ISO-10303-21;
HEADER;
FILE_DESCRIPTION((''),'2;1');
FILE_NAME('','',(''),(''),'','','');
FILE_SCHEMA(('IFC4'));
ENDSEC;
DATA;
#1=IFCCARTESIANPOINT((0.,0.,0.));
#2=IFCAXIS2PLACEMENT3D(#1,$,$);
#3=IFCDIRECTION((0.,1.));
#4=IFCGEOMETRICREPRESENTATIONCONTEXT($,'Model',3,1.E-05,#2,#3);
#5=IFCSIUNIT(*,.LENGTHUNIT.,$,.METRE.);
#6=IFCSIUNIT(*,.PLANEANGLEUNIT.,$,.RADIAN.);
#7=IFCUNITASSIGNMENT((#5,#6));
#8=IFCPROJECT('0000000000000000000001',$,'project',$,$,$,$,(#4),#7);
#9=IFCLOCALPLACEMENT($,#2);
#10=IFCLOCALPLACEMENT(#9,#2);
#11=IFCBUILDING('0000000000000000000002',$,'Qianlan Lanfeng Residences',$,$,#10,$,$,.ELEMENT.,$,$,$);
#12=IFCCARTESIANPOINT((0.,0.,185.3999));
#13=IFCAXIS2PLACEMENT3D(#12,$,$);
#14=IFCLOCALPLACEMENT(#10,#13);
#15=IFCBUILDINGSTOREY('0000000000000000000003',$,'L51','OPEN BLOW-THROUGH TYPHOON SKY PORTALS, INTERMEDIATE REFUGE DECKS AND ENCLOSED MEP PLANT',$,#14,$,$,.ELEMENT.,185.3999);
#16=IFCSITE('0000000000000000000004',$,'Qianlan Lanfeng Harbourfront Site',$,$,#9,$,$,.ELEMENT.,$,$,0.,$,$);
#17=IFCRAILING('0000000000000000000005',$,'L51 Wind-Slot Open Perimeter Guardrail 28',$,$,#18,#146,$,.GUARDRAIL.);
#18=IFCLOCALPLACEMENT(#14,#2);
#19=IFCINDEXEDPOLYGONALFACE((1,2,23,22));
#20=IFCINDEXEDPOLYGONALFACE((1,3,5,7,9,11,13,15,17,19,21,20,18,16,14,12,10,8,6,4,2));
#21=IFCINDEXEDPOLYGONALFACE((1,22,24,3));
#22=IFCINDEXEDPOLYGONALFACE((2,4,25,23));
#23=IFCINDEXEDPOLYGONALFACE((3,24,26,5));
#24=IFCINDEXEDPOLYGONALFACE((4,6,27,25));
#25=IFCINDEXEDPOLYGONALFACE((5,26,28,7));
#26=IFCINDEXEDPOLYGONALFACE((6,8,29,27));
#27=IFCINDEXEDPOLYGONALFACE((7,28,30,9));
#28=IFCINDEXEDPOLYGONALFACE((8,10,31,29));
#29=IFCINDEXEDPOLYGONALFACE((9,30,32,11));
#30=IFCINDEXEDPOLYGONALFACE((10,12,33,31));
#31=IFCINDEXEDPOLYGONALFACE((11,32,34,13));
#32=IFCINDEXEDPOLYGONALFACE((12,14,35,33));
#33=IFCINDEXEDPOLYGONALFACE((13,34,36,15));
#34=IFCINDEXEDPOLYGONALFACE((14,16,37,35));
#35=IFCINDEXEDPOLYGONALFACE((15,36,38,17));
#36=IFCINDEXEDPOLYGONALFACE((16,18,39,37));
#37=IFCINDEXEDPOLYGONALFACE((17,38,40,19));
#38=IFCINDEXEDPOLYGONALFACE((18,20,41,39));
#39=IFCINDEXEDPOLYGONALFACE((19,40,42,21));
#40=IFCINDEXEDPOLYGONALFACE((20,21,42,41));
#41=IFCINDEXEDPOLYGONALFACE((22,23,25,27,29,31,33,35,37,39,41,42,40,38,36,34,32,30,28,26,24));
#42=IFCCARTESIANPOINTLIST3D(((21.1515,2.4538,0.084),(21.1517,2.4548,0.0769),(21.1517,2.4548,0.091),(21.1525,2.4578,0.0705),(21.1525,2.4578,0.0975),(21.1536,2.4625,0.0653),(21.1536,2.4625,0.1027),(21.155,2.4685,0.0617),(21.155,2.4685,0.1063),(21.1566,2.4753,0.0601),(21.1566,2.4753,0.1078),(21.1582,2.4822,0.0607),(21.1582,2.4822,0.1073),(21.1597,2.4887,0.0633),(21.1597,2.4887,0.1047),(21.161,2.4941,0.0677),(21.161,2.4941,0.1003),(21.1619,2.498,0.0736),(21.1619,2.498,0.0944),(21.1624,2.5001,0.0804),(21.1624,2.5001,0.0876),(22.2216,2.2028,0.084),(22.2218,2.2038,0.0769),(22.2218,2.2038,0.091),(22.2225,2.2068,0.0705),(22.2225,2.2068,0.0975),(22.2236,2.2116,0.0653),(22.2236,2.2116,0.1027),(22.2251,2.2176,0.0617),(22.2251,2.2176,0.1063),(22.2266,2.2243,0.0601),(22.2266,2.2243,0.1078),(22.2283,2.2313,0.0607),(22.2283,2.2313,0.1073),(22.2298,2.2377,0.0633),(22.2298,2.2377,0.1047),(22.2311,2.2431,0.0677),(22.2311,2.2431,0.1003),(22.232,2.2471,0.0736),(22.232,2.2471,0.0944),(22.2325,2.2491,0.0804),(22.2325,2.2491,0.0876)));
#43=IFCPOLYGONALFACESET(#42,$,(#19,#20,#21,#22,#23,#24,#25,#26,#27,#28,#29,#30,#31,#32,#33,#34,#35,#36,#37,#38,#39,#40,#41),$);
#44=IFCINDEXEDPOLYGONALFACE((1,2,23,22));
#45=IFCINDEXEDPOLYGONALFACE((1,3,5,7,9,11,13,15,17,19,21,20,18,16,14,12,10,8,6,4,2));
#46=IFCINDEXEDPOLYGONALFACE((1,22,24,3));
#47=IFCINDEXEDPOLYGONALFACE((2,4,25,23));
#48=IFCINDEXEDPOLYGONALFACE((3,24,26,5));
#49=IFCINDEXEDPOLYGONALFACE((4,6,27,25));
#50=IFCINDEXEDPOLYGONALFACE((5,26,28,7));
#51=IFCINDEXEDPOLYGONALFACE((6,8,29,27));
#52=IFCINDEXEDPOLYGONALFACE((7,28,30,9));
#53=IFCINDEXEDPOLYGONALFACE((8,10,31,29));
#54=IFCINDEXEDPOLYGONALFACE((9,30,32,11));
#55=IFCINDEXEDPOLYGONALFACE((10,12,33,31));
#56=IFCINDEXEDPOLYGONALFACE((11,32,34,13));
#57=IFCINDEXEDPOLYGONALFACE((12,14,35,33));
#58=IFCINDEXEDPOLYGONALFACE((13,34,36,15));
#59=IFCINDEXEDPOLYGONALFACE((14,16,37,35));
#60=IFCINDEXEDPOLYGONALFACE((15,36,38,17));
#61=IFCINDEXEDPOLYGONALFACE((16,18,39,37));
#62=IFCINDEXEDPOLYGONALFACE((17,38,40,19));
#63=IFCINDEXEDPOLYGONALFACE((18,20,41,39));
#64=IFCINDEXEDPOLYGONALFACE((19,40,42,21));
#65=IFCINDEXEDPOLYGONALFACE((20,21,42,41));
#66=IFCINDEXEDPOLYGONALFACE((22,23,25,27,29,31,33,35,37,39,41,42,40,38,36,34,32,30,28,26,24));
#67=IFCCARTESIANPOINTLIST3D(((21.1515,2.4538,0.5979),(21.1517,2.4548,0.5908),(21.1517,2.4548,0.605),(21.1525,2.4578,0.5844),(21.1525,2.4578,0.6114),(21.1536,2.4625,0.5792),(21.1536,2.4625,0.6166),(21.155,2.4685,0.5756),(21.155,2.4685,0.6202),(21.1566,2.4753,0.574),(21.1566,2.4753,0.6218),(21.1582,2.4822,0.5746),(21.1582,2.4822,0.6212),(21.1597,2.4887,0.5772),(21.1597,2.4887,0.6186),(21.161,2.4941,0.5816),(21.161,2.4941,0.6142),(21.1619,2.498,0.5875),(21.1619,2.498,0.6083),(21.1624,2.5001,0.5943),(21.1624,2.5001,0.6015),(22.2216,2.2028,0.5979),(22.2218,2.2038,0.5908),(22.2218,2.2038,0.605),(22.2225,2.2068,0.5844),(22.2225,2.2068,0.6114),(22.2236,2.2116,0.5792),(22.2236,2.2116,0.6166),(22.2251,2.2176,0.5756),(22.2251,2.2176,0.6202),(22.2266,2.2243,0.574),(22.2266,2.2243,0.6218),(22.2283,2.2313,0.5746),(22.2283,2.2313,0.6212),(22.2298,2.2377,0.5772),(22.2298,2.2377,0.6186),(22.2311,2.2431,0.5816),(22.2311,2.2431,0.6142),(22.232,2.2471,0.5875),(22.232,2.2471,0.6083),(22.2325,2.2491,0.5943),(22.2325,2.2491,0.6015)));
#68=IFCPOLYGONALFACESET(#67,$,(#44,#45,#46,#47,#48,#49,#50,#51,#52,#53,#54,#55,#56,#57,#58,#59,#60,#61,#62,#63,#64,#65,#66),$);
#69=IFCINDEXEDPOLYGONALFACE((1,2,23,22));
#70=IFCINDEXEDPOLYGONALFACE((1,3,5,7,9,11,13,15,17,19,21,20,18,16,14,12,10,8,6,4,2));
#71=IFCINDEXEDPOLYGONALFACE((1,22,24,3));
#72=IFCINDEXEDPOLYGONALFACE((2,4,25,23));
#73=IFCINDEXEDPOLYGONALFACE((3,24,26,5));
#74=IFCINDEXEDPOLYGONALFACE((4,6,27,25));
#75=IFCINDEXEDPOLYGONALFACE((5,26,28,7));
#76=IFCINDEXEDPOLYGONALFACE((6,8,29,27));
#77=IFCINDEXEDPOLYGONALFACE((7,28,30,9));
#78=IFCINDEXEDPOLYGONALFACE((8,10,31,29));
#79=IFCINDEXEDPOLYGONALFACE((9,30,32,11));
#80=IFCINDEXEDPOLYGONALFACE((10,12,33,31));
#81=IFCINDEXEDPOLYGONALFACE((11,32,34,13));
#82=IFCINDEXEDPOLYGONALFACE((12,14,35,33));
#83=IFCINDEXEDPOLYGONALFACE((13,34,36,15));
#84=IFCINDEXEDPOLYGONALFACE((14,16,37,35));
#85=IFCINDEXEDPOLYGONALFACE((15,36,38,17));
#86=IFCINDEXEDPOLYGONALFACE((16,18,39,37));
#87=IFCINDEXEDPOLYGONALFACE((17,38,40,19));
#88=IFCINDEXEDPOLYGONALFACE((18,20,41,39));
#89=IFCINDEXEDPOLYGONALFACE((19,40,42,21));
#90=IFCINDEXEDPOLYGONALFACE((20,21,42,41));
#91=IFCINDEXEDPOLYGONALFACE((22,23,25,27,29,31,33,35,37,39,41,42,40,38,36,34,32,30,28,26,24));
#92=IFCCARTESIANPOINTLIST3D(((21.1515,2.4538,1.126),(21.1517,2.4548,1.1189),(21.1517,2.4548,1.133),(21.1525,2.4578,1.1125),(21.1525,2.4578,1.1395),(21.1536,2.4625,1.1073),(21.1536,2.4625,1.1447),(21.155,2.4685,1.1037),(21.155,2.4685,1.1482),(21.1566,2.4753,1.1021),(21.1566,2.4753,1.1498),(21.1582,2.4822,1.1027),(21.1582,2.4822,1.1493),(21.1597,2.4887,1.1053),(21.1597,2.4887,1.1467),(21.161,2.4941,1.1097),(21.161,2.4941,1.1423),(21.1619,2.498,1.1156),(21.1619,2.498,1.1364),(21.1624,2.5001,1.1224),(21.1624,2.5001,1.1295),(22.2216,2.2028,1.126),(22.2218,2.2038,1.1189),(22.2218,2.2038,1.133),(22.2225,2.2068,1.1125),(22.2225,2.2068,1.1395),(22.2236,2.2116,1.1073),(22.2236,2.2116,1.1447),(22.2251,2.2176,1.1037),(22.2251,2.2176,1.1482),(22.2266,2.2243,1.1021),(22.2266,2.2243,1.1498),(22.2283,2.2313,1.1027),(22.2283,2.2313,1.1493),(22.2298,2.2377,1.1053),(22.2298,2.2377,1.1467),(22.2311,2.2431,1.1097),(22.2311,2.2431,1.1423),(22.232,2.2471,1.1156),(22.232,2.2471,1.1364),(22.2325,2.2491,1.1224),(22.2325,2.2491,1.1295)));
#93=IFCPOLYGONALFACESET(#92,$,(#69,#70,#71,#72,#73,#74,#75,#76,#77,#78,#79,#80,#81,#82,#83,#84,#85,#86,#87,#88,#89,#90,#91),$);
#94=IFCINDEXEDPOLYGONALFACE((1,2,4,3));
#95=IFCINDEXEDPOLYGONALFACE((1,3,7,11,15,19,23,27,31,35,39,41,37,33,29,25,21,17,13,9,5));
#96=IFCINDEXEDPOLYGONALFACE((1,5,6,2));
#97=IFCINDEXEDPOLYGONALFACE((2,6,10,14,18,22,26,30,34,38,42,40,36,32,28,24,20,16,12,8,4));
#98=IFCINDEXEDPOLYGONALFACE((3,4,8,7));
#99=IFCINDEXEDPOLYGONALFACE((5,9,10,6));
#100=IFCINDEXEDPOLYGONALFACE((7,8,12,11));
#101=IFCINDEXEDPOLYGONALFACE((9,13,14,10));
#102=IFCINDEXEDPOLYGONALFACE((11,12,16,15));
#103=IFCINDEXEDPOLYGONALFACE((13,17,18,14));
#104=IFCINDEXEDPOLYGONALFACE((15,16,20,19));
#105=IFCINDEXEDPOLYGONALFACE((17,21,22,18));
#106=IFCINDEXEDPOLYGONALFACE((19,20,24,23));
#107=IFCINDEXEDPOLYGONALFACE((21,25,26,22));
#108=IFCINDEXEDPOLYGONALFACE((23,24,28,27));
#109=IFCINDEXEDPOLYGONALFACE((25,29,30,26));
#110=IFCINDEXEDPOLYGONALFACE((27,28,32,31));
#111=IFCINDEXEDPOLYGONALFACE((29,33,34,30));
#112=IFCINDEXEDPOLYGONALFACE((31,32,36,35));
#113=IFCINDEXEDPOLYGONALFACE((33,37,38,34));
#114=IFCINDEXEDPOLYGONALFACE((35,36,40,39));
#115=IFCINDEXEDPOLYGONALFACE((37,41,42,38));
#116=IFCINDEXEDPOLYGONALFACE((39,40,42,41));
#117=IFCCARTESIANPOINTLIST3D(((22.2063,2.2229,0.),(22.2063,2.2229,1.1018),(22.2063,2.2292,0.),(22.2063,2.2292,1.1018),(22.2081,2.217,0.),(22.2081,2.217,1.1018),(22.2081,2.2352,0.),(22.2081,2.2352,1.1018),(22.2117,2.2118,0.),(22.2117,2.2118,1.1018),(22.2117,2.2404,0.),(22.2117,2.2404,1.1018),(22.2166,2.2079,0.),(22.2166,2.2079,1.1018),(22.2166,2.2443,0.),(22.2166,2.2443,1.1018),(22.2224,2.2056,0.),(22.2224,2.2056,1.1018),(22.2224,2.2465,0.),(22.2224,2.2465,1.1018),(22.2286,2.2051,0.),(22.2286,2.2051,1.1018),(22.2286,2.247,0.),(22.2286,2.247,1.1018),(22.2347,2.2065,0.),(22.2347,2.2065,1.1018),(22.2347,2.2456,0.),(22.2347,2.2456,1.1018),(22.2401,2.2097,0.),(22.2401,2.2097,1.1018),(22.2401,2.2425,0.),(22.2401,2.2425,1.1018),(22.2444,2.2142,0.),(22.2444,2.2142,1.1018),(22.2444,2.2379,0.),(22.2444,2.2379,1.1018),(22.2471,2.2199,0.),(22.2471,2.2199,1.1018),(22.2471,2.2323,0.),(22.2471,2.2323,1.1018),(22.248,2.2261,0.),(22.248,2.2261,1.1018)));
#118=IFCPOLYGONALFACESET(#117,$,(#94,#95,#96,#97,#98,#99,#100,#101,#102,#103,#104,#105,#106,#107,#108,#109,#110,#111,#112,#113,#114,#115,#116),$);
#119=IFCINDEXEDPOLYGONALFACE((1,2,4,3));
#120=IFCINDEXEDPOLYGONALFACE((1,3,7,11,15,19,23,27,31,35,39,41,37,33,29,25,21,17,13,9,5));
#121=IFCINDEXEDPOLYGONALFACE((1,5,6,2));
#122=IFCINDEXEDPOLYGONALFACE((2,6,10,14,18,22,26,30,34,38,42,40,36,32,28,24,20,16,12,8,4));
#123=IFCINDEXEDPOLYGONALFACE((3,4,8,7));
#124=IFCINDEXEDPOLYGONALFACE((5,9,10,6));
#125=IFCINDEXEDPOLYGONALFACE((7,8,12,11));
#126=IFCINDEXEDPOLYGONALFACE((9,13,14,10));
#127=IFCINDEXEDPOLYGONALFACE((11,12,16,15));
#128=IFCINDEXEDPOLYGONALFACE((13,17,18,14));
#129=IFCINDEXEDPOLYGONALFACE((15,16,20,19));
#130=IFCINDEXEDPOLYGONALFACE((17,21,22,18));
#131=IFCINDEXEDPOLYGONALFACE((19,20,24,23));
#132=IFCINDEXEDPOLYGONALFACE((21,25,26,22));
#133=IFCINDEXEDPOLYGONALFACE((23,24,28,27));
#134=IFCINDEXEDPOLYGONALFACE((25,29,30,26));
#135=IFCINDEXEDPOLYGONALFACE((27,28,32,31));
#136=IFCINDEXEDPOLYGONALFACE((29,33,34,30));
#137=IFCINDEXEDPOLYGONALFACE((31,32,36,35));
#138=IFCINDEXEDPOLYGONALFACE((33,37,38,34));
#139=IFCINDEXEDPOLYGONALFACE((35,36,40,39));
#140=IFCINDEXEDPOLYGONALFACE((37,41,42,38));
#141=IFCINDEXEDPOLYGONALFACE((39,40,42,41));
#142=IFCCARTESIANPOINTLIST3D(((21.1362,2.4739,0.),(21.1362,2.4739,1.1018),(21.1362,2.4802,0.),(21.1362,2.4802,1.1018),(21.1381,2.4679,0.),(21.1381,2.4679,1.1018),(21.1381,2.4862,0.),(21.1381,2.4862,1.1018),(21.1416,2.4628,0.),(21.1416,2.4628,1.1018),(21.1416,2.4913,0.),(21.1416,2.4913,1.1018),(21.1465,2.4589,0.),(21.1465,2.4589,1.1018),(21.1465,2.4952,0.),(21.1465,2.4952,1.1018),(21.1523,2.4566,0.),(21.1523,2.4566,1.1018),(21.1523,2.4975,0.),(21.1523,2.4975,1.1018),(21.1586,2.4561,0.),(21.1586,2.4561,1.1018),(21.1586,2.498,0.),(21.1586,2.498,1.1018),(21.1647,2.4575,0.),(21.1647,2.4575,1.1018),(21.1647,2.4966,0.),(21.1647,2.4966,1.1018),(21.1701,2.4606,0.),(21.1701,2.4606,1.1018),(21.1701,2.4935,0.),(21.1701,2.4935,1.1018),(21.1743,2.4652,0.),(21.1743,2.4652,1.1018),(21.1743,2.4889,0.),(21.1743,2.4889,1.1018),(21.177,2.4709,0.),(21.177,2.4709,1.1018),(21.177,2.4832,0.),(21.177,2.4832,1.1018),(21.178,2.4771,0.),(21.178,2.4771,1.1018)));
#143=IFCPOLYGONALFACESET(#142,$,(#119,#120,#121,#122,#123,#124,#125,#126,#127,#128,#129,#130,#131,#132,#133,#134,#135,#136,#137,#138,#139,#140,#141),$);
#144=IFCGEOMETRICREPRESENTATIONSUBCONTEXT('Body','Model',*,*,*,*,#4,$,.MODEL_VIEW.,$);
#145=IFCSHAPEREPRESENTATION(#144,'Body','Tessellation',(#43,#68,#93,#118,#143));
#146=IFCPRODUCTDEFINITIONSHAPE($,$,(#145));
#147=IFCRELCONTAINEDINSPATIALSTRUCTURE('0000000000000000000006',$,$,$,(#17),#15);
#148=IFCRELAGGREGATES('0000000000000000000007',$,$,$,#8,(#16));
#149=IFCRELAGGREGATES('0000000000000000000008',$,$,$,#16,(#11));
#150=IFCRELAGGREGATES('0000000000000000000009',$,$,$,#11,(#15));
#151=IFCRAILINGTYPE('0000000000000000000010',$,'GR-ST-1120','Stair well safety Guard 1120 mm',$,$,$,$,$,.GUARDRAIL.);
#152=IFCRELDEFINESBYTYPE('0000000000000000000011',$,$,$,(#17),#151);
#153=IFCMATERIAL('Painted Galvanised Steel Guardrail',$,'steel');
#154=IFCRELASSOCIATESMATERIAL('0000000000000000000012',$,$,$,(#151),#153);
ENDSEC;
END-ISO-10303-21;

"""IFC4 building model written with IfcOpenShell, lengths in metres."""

from ifc_helpers import new_model, si_unit, direction, frame, origin, origin_2d, place, context, subcontext, project, spatial, circle, extrude, material, type_object, element, save


model = new_model("IFC4")

# Units and contexts
model_context = context("Model", 3, precision=1e-05, world=origin(), true_north=direction((0.0, 1.0)))
body_context = subcontext(model_context, "Body", "Model", "MODEL_VIEW")
ifc_project = project(units=[si_unit("LENGTHUNIT", "METRE"), si_unit("PLANEANGLEUNIT", "RADIAN")], contexts=[model_context])

# Site, building, storey
site_placement = place(None, origin())
site = spatial("IfcSite", under=ifc_project, at=site_placement, Name="Qianlan Lanfeng Harbourfront Site", CompositionType="ELEMENT", RefElevation=0.0)
building_placement = place(site_placement, origin())
building = spatial("IfcBuilding", under=site, at=building_placement, Name="Qianlan Lanfeng Residences", CompositionType="ELEMENT")
storey_placement = place(building_placement, frame((0.0, 0.0, 185.3999)))
storey = spatial("IfcBuildingStorey", under=building, at=storey_placement, Name="L51", Description="OPEN BLOW-THROUGH TYPHOON SKY PORTALS, INTERMEDIATE REFUGE DECKS AND ENCLOSED MEP PLANT", CompositionType="ELEMENT", Elevation=185.3999)

# Railing
ifc_material_1 = material(Name="Painted Galvanised Steel Guardrail", Category="steel")
railing_type = type_object("IfcRailingType", Name="GR-ST-1120", Description="Stair well safety Guard 1120 mm", PredefinedType="GUARDRAIL", material=ifc_material_1)
railing_1_placement = place(storey_placement, frame((22.2271, 2.2261, 0.0)))
element("IfcRailing", 1, at=railing_1_placement, inside=storey, type_object=railing_type, Name="L51 Wind-Slot Open Perimeter Guardrail 28", PredefinedType="GUARDRAIL", context=body_context, shape_type="SweptSolid", body=[
    extrude(circle(Radius=0.0239, at=origin_2d()), frame((0.0, 0.0, 0.084), z_axis=(-0.97358, 0.228346, 0.0), x_axis=(-0.228346, -0.97358, 0.0)), (0.0, 0.0, 1.0), 1.0991),
    extrude(circle(Radius=0.0239, at=origin_2d()), frame((0.0, 0.0, 0.5979), z_axis=(-0.97358, 0.228346, 0.0), x_axis=(-0.228346, -0.97358, 0.0)), (0.0, 0.0, 1.0), 1.0991),
    extrude(circle(Radius=0.0239, at=origin_2d()), frame((0.0, 0.0, 1.126), z_axis=(-0.97358, 0.228346, 0.0), x_axis=(-0.228346, -0.97358, 0.0)), (0.0, 0.0, 1.0), 1.0991),
    extrude(circle(Radius=0.021, at=origin_2d()), origin(), (0.0, 0.0, 1.0), 1.1018),
    extrude(circle(Radius=0.021, at=origin_2d()), frame((-1.0701, 0.251, 0.0)), (0.0, 0.0, 1.0), 1.1018),
])

save(model, "model.ifc")
